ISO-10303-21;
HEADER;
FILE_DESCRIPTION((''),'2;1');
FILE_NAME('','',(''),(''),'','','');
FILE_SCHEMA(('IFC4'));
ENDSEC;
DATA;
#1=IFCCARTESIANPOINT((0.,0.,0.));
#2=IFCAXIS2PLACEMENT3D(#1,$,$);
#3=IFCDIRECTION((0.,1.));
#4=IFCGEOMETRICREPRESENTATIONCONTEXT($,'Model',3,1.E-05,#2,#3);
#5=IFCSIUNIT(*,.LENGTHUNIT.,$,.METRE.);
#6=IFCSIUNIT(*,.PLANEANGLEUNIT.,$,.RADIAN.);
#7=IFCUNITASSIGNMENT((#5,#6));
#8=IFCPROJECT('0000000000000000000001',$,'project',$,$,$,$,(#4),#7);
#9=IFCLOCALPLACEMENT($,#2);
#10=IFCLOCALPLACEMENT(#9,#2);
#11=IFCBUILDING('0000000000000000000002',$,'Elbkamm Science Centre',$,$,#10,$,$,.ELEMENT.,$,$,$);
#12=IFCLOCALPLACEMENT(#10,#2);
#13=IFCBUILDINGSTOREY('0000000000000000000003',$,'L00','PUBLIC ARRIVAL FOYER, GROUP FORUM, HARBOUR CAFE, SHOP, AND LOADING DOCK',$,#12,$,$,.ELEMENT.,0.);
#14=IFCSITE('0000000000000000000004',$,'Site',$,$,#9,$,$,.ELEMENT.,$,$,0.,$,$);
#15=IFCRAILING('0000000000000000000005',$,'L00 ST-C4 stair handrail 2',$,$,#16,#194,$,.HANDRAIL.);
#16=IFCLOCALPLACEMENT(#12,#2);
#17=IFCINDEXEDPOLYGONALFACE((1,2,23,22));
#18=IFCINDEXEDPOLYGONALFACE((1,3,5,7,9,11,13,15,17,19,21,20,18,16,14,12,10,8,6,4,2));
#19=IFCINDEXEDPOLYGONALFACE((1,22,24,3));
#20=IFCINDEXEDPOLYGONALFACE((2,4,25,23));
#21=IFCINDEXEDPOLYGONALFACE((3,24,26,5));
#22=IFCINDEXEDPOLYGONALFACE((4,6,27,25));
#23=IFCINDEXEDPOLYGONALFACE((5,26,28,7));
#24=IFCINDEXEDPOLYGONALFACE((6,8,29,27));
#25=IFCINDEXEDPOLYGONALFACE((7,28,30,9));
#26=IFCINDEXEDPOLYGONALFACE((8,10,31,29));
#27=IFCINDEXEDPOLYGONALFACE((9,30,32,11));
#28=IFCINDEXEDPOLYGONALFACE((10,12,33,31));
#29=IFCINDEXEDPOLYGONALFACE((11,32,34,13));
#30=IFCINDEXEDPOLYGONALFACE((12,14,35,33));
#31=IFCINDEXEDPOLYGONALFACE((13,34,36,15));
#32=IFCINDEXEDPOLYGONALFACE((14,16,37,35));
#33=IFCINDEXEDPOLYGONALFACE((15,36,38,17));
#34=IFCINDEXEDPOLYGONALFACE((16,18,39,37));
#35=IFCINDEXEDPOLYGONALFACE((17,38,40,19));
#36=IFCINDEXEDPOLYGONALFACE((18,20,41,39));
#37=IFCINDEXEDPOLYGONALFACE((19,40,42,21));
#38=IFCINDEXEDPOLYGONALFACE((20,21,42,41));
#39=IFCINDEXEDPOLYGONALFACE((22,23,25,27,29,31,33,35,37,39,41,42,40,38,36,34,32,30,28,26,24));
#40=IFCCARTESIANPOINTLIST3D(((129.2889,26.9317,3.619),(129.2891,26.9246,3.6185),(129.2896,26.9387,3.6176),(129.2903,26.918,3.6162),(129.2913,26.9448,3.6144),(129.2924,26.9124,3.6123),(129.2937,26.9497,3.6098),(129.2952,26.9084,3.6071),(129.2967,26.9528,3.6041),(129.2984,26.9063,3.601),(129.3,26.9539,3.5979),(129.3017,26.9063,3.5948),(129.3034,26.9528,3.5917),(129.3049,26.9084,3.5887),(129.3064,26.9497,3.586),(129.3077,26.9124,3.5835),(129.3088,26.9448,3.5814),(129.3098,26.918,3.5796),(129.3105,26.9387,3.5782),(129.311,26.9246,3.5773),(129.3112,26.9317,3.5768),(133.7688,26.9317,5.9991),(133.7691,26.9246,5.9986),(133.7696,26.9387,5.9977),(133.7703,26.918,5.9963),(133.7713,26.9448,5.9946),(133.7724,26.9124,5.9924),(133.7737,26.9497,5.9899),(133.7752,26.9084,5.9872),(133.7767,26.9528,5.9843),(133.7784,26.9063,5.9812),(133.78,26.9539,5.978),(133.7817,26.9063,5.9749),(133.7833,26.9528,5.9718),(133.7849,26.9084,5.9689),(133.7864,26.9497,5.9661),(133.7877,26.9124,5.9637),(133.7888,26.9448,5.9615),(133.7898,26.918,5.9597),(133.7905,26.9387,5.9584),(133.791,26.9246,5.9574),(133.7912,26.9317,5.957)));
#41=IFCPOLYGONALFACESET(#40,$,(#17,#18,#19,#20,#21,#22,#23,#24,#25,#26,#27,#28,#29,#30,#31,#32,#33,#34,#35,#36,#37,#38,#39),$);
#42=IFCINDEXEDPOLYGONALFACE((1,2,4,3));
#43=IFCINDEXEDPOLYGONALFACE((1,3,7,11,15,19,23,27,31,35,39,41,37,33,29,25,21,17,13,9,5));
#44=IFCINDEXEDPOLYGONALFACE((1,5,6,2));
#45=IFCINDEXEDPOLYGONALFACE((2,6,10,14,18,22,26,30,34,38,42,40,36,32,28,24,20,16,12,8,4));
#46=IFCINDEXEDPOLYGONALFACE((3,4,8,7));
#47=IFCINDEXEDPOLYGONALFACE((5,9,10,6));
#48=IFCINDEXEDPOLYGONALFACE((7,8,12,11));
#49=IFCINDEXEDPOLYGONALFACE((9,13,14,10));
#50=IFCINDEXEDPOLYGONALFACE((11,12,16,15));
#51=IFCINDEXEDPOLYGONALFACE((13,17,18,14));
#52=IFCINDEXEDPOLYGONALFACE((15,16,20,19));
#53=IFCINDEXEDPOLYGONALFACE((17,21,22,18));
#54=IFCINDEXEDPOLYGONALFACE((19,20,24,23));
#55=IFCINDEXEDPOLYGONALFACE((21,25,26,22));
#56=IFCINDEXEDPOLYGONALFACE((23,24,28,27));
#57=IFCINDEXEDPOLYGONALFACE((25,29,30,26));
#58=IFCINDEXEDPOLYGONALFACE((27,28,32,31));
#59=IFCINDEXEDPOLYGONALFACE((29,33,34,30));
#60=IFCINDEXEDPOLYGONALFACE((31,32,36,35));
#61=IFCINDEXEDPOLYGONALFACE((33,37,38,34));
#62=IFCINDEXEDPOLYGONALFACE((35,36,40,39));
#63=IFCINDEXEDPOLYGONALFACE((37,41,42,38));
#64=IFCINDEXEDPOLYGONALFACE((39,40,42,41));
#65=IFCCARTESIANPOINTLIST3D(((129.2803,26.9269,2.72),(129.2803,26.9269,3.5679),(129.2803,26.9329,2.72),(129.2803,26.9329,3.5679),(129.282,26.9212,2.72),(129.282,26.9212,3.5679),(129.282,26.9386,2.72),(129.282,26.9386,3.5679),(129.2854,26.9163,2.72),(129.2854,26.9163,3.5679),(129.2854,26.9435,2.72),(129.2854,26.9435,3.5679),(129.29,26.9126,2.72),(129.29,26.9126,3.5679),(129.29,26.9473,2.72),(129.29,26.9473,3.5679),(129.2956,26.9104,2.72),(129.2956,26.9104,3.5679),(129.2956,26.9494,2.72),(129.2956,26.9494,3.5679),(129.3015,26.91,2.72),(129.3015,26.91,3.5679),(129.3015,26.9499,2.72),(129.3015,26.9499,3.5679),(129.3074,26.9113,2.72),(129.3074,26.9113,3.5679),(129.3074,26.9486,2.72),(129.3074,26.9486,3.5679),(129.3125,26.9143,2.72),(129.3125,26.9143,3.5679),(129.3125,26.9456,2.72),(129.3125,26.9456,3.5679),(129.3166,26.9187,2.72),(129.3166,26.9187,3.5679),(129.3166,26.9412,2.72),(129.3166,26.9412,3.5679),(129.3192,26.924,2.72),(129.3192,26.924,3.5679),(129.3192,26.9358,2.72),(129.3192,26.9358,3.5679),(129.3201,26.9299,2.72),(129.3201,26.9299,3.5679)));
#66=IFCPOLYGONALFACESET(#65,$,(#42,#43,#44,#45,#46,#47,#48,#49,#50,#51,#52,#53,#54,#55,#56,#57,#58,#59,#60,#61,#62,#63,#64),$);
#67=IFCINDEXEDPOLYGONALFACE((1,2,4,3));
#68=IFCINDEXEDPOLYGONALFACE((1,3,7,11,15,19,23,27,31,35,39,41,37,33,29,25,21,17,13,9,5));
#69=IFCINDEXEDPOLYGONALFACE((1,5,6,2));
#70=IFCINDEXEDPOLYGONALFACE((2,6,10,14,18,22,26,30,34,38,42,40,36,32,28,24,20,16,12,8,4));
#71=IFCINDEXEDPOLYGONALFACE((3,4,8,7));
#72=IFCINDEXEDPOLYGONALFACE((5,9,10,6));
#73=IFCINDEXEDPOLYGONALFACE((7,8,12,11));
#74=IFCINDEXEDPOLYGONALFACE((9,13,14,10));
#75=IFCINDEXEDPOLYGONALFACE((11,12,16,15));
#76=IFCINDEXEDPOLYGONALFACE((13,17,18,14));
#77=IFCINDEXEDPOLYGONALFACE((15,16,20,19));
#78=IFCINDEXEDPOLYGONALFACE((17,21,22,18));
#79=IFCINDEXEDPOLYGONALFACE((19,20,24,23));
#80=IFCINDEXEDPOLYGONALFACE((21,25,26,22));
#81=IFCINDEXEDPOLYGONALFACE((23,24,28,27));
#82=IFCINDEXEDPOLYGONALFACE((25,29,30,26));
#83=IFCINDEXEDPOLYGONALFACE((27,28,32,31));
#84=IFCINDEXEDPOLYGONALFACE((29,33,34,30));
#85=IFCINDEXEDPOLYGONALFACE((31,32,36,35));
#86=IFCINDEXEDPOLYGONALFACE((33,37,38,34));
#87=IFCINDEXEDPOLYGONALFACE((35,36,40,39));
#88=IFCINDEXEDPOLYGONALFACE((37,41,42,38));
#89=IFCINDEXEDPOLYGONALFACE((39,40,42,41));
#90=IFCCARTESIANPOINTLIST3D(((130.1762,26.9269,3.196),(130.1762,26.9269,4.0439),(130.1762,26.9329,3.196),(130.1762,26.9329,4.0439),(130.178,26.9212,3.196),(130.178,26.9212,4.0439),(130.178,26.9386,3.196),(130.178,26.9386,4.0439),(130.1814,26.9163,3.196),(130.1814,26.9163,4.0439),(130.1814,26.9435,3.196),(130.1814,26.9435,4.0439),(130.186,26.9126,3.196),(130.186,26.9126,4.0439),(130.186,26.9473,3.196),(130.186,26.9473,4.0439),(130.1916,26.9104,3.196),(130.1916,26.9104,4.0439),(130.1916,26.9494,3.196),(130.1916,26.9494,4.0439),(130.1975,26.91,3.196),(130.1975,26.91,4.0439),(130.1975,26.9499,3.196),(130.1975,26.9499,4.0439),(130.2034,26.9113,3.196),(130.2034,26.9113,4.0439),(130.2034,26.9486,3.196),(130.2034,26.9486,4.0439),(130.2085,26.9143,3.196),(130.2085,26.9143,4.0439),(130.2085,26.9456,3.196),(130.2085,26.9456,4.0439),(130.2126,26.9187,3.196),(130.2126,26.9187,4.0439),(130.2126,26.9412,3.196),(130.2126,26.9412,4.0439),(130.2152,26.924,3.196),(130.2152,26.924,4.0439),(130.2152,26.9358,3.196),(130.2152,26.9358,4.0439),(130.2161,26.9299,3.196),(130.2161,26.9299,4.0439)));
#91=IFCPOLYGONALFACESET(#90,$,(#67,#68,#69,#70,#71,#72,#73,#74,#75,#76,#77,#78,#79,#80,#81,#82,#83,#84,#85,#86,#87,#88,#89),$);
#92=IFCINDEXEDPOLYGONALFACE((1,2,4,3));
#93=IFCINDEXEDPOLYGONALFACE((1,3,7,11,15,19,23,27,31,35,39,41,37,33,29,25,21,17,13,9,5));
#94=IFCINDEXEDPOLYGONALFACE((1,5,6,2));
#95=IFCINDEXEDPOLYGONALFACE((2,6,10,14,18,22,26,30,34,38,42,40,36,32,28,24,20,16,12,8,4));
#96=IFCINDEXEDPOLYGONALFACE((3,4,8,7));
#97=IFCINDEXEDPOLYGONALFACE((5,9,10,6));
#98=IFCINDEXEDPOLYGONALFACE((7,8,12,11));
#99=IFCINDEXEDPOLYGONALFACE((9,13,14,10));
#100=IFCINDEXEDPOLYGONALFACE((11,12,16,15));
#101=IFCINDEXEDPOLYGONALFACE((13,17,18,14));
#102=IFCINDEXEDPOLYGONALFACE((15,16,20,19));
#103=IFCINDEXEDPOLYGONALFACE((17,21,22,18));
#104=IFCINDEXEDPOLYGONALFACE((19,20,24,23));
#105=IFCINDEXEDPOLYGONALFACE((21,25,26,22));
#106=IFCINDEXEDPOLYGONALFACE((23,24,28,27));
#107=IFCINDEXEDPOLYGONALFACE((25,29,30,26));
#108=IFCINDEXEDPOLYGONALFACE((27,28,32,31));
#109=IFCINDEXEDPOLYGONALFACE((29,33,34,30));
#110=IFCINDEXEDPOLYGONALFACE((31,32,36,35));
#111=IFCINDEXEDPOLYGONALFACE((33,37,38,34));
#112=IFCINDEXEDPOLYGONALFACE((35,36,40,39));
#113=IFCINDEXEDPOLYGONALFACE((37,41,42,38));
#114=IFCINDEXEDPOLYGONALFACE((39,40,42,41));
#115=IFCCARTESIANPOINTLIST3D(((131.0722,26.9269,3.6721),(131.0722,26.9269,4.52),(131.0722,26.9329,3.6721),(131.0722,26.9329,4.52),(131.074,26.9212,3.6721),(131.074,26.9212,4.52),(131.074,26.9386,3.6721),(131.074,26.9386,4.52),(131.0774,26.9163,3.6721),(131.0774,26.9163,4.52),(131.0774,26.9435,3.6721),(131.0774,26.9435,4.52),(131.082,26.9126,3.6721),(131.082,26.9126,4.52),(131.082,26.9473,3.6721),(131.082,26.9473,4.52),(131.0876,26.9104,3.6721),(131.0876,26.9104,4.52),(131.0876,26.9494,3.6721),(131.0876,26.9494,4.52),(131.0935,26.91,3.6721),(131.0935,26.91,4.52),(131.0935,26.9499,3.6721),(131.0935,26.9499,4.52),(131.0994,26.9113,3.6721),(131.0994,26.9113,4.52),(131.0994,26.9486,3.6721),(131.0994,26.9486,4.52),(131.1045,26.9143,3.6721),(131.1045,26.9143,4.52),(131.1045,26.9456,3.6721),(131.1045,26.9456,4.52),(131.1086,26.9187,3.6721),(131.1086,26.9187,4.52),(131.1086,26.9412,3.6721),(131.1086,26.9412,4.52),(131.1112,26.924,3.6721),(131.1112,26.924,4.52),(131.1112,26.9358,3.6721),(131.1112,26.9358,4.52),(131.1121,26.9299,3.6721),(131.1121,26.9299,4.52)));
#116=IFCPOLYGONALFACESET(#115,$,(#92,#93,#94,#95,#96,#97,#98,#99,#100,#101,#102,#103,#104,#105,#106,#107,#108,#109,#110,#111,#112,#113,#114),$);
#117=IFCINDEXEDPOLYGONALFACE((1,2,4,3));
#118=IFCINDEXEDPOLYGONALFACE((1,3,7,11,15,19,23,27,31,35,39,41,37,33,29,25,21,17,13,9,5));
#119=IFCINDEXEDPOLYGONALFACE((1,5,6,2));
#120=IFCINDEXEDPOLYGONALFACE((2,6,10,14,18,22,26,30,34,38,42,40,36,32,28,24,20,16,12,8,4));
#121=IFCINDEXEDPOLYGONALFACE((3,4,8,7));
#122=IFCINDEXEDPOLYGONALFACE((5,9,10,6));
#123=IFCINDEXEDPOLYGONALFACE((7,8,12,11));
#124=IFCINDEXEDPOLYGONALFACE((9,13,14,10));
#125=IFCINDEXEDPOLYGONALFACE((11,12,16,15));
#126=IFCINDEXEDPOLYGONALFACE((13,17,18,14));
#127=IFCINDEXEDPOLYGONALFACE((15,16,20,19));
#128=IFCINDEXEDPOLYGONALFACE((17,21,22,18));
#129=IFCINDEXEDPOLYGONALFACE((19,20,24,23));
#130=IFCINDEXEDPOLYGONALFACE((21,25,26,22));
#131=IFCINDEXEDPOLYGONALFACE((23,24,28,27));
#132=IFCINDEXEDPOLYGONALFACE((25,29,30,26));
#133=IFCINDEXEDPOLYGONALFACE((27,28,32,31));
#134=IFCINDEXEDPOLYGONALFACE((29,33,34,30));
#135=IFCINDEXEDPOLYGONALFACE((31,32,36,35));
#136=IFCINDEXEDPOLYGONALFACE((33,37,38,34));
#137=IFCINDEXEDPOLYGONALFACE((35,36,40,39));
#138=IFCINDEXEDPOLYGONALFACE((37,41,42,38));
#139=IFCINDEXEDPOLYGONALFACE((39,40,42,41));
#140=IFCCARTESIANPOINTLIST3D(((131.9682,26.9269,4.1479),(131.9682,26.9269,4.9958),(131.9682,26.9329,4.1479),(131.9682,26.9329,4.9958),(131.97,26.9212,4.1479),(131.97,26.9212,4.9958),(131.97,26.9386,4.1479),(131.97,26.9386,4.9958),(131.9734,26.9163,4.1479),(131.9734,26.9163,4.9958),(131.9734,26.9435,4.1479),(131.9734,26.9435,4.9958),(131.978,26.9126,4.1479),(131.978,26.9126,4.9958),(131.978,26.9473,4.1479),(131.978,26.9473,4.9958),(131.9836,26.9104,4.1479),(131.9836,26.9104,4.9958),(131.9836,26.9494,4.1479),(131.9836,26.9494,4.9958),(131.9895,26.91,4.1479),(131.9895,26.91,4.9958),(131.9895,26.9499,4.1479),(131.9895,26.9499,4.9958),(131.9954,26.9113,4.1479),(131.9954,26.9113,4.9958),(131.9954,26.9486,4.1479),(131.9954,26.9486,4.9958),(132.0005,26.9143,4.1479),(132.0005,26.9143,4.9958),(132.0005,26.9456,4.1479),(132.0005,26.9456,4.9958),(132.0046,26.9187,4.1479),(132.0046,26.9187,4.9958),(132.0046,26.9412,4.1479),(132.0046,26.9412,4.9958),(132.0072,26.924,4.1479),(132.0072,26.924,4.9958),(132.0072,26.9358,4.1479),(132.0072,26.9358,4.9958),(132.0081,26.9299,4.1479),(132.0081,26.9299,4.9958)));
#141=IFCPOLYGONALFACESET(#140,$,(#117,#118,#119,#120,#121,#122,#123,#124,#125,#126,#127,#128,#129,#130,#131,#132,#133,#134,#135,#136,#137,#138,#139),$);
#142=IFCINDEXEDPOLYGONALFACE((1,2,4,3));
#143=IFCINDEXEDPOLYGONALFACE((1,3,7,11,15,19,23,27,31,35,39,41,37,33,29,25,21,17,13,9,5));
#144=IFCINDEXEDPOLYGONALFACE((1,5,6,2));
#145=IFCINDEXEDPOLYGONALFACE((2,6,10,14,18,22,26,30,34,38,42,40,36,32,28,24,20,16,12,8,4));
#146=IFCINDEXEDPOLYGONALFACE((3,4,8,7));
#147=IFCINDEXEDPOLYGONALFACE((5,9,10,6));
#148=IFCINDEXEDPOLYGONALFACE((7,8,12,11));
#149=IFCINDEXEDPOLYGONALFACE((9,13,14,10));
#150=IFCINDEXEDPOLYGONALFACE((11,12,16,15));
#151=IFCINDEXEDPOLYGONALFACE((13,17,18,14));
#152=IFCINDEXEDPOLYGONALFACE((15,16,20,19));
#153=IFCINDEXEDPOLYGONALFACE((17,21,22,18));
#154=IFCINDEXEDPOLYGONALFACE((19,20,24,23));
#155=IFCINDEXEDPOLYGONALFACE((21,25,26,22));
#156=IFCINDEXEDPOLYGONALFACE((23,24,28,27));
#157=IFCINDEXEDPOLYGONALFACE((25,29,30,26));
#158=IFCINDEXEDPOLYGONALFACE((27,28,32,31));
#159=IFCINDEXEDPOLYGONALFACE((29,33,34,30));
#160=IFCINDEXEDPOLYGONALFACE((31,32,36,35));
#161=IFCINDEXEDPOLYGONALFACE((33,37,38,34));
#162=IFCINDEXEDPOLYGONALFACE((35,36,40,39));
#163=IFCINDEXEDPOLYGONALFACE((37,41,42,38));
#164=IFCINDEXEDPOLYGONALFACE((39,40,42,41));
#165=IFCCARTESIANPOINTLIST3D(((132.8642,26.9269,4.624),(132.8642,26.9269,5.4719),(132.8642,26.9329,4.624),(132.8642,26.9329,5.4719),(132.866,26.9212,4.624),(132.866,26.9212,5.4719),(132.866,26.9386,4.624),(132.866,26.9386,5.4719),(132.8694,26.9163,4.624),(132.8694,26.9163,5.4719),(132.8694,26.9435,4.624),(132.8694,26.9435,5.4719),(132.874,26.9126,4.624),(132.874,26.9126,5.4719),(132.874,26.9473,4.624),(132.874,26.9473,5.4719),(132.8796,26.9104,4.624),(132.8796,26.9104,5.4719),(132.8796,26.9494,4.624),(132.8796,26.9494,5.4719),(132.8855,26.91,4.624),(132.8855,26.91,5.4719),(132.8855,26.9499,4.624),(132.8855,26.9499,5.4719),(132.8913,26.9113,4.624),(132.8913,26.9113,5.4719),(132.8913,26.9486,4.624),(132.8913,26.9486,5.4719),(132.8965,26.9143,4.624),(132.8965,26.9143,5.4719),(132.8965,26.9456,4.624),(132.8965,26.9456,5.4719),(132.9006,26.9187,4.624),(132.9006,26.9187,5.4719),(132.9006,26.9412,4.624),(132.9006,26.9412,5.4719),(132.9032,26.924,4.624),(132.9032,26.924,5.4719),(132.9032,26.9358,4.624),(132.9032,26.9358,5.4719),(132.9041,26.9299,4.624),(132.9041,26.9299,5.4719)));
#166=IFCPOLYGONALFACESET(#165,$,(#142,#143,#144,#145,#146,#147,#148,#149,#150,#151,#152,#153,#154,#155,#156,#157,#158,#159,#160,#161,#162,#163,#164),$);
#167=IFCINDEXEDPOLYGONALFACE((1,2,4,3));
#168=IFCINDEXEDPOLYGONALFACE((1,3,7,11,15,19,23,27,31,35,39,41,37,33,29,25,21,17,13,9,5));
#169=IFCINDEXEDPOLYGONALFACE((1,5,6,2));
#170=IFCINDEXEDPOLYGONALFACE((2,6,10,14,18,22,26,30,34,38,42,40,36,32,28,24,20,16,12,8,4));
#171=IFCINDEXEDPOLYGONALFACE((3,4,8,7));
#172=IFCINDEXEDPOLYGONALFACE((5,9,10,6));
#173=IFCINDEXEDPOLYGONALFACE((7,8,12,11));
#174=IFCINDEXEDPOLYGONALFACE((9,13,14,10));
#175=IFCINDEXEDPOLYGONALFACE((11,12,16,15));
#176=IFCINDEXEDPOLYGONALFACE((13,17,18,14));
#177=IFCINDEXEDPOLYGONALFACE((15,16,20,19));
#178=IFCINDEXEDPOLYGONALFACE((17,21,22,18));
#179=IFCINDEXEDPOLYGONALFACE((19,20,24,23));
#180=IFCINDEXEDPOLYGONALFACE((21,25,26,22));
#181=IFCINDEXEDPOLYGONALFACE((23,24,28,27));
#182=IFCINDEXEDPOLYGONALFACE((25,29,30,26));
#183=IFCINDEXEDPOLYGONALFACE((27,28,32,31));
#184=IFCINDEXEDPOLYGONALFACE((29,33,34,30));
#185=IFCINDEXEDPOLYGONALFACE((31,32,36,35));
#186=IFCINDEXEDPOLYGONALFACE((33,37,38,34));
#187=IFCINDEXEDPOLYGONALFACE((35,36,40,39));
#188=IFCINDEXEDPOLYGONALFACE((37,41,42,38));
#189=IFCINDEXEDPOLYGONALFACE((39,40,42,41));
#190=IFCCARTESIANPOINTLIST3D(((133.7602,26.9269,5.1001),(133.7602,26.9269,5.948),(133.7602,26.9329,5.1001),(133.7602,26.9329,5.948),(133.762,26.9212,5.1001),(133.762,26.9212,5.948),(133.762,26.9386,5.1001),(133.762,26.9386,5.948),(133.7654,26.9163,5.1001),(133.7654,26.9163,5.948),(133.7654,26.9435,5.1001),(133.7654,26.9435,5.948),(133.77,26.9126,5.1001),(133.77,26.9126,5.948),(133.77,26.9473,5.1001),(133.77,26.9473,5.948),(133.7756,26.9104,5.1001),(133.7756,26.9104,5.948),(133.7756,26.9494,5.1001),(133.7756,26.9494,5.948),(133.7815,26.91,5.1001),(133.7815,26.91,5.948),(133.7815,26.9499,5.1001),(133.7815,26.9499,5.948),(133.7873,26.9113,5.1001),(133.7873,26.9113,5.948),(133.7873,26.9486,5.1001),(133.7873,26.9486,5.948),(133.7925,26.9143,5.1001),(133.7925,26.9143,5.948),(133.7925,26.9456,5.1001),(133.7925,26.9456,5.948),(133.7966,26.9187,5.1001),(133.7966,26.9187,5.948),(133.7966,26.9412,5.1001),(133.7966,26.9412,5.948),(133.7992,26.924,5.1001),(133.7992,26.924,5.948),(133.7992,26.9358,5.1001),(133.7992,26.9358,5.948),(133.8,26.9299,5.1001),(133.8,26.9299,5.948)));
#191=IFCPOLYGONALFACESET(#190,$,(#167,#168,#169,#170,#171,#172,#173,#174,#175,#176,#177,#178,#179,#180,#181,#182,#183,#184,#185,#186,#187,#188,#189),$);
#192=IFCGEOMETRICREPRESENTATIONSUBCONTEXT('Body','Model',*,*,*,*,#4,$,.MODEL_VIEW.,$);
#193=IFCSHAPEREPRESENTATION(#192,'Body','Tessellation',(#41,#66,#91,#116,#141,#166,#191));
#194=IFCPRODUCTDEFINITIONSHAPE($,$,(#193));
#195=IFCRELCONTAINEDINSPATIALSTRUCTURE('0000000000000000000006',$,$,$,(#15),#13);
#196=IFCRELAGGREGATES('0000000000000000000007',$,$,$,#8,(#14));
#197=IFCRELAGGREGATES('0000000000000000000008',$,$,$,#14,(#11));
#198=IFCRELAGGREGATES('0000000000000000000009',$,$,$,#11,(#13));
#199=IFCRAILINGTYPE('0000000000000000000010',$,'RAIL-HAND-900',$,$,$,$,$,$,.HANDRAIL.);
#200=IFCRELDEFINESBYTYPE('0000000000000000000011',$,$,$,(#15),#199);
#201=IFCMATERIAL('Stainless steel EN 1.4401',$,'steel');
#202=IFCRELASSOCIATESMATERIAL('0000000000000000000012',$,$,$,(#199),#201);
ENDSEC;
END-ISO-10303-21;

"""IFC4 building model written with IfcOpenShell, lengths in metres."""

from ifc_helpers import new_model, si_unit, direction, frame, origin, origin_2d, place, context, subcontext, project, spatial, circle, extrude, material, type_object, element, save


model = new_model("IFC4")

# Units and contexts
model_context = context("Model", 3, precision=1e-05, world=origin(), true_north=direction((0.0, 1.0)))
body_context = subcontext(model_context, "Body", "Model", "MODEL_VIEW")
ifc_project = project(units=[si_unit("LENGTHUNIT", "METRE"), si_unit("PLANEANGLEUNIT", "RADIAN")], contexts=[model_context])

# Site, building, storey
site_placement = place(None, origin())
site = spatial("IfcSite", under=ifc_project, at=site_placement, Name="Site", CompositionType="ELEMENT", RefElevation=0.0)
building_placement = place(site_placement, origin())
building = spatial("IfcBuilding", under=site, at=building_placement, Name="Elbkamm Science Centre", CompositionType="ELEMENT")
storey_placement = place(building_placement, origin())
storey = spatial("IfcBuildingStorey", under=building, at=storey_placement, Name="L00", Description="PUBLIC ARRIVAL FOYER, GROUP FORUM, HARBOUR CAFE, SHOP, AND LOADING DOCK", CompositionType="ELEMENT", Elevation=0.0)

# Railing
ifc_material_1 = material(Name="Stainless steel EN 1.4401", Category="steel")
railing_type_1 = type_object("IfcRailingType", Name="RAIL-HAND-900", PredefinedType="HANDRAIL", material=ifc_material_1)
railing_1_placement = place(storey_placement, frame((129.3, 26.9299, 2.72)))
element("IfcRailing", 1, at=railing_1_placement, inside=storey, type_object=railing_type_1, Name="L00 ST-C4 stair handrail 2", PredefinedType="HANDRAIL", context=body_context, shape_type="SweptSolid", body=[
    extrude(circle(Radius=0.0239, at=origin_2d()), frame((0.0, 0.0, 0.8779), z_axis=(0.883105, 0.0, 0.469176), x_axis=(0.0, 1.0, 0.0)), (0.0, 0.0, 1.0), 5.073),
    extrude(circle(Radius=0.02, at=origin_2d()), origin(), (0.0, 0.0, 1.0), 0.8479),
    extrude(circle(Radius=0.02, at=origin_2d()), frame((0.896, 0.0, 0.4761)), (0.0, 0.0, 1.0), 0.8479),
    extrude(circle(Radius=0.02, at=origin_2d()), frame((1.792, 0.0, 0.9521)), (0.0, 0.0, 1.0), 0.8479),
    extrude(circle(Radius=0.02, at=origin_2d()), frame((2.688, 0.0, 1.428)), (0.0, 0.0, 1.0), 0.8479),
    extrude(circle(Radius=0.02, at=origin_2d()), frame((3.584, 0.0, 1.9041)), (0.0, 0.0, 1.0), 0.8479),
    extrude(circle(Radius=0.02, at=origin_2d()), frame((4.48, 0.0, 2.3801)), (0.0, 0.0, 1.0), 0.8479),
])

save(model, "model.ifc")
